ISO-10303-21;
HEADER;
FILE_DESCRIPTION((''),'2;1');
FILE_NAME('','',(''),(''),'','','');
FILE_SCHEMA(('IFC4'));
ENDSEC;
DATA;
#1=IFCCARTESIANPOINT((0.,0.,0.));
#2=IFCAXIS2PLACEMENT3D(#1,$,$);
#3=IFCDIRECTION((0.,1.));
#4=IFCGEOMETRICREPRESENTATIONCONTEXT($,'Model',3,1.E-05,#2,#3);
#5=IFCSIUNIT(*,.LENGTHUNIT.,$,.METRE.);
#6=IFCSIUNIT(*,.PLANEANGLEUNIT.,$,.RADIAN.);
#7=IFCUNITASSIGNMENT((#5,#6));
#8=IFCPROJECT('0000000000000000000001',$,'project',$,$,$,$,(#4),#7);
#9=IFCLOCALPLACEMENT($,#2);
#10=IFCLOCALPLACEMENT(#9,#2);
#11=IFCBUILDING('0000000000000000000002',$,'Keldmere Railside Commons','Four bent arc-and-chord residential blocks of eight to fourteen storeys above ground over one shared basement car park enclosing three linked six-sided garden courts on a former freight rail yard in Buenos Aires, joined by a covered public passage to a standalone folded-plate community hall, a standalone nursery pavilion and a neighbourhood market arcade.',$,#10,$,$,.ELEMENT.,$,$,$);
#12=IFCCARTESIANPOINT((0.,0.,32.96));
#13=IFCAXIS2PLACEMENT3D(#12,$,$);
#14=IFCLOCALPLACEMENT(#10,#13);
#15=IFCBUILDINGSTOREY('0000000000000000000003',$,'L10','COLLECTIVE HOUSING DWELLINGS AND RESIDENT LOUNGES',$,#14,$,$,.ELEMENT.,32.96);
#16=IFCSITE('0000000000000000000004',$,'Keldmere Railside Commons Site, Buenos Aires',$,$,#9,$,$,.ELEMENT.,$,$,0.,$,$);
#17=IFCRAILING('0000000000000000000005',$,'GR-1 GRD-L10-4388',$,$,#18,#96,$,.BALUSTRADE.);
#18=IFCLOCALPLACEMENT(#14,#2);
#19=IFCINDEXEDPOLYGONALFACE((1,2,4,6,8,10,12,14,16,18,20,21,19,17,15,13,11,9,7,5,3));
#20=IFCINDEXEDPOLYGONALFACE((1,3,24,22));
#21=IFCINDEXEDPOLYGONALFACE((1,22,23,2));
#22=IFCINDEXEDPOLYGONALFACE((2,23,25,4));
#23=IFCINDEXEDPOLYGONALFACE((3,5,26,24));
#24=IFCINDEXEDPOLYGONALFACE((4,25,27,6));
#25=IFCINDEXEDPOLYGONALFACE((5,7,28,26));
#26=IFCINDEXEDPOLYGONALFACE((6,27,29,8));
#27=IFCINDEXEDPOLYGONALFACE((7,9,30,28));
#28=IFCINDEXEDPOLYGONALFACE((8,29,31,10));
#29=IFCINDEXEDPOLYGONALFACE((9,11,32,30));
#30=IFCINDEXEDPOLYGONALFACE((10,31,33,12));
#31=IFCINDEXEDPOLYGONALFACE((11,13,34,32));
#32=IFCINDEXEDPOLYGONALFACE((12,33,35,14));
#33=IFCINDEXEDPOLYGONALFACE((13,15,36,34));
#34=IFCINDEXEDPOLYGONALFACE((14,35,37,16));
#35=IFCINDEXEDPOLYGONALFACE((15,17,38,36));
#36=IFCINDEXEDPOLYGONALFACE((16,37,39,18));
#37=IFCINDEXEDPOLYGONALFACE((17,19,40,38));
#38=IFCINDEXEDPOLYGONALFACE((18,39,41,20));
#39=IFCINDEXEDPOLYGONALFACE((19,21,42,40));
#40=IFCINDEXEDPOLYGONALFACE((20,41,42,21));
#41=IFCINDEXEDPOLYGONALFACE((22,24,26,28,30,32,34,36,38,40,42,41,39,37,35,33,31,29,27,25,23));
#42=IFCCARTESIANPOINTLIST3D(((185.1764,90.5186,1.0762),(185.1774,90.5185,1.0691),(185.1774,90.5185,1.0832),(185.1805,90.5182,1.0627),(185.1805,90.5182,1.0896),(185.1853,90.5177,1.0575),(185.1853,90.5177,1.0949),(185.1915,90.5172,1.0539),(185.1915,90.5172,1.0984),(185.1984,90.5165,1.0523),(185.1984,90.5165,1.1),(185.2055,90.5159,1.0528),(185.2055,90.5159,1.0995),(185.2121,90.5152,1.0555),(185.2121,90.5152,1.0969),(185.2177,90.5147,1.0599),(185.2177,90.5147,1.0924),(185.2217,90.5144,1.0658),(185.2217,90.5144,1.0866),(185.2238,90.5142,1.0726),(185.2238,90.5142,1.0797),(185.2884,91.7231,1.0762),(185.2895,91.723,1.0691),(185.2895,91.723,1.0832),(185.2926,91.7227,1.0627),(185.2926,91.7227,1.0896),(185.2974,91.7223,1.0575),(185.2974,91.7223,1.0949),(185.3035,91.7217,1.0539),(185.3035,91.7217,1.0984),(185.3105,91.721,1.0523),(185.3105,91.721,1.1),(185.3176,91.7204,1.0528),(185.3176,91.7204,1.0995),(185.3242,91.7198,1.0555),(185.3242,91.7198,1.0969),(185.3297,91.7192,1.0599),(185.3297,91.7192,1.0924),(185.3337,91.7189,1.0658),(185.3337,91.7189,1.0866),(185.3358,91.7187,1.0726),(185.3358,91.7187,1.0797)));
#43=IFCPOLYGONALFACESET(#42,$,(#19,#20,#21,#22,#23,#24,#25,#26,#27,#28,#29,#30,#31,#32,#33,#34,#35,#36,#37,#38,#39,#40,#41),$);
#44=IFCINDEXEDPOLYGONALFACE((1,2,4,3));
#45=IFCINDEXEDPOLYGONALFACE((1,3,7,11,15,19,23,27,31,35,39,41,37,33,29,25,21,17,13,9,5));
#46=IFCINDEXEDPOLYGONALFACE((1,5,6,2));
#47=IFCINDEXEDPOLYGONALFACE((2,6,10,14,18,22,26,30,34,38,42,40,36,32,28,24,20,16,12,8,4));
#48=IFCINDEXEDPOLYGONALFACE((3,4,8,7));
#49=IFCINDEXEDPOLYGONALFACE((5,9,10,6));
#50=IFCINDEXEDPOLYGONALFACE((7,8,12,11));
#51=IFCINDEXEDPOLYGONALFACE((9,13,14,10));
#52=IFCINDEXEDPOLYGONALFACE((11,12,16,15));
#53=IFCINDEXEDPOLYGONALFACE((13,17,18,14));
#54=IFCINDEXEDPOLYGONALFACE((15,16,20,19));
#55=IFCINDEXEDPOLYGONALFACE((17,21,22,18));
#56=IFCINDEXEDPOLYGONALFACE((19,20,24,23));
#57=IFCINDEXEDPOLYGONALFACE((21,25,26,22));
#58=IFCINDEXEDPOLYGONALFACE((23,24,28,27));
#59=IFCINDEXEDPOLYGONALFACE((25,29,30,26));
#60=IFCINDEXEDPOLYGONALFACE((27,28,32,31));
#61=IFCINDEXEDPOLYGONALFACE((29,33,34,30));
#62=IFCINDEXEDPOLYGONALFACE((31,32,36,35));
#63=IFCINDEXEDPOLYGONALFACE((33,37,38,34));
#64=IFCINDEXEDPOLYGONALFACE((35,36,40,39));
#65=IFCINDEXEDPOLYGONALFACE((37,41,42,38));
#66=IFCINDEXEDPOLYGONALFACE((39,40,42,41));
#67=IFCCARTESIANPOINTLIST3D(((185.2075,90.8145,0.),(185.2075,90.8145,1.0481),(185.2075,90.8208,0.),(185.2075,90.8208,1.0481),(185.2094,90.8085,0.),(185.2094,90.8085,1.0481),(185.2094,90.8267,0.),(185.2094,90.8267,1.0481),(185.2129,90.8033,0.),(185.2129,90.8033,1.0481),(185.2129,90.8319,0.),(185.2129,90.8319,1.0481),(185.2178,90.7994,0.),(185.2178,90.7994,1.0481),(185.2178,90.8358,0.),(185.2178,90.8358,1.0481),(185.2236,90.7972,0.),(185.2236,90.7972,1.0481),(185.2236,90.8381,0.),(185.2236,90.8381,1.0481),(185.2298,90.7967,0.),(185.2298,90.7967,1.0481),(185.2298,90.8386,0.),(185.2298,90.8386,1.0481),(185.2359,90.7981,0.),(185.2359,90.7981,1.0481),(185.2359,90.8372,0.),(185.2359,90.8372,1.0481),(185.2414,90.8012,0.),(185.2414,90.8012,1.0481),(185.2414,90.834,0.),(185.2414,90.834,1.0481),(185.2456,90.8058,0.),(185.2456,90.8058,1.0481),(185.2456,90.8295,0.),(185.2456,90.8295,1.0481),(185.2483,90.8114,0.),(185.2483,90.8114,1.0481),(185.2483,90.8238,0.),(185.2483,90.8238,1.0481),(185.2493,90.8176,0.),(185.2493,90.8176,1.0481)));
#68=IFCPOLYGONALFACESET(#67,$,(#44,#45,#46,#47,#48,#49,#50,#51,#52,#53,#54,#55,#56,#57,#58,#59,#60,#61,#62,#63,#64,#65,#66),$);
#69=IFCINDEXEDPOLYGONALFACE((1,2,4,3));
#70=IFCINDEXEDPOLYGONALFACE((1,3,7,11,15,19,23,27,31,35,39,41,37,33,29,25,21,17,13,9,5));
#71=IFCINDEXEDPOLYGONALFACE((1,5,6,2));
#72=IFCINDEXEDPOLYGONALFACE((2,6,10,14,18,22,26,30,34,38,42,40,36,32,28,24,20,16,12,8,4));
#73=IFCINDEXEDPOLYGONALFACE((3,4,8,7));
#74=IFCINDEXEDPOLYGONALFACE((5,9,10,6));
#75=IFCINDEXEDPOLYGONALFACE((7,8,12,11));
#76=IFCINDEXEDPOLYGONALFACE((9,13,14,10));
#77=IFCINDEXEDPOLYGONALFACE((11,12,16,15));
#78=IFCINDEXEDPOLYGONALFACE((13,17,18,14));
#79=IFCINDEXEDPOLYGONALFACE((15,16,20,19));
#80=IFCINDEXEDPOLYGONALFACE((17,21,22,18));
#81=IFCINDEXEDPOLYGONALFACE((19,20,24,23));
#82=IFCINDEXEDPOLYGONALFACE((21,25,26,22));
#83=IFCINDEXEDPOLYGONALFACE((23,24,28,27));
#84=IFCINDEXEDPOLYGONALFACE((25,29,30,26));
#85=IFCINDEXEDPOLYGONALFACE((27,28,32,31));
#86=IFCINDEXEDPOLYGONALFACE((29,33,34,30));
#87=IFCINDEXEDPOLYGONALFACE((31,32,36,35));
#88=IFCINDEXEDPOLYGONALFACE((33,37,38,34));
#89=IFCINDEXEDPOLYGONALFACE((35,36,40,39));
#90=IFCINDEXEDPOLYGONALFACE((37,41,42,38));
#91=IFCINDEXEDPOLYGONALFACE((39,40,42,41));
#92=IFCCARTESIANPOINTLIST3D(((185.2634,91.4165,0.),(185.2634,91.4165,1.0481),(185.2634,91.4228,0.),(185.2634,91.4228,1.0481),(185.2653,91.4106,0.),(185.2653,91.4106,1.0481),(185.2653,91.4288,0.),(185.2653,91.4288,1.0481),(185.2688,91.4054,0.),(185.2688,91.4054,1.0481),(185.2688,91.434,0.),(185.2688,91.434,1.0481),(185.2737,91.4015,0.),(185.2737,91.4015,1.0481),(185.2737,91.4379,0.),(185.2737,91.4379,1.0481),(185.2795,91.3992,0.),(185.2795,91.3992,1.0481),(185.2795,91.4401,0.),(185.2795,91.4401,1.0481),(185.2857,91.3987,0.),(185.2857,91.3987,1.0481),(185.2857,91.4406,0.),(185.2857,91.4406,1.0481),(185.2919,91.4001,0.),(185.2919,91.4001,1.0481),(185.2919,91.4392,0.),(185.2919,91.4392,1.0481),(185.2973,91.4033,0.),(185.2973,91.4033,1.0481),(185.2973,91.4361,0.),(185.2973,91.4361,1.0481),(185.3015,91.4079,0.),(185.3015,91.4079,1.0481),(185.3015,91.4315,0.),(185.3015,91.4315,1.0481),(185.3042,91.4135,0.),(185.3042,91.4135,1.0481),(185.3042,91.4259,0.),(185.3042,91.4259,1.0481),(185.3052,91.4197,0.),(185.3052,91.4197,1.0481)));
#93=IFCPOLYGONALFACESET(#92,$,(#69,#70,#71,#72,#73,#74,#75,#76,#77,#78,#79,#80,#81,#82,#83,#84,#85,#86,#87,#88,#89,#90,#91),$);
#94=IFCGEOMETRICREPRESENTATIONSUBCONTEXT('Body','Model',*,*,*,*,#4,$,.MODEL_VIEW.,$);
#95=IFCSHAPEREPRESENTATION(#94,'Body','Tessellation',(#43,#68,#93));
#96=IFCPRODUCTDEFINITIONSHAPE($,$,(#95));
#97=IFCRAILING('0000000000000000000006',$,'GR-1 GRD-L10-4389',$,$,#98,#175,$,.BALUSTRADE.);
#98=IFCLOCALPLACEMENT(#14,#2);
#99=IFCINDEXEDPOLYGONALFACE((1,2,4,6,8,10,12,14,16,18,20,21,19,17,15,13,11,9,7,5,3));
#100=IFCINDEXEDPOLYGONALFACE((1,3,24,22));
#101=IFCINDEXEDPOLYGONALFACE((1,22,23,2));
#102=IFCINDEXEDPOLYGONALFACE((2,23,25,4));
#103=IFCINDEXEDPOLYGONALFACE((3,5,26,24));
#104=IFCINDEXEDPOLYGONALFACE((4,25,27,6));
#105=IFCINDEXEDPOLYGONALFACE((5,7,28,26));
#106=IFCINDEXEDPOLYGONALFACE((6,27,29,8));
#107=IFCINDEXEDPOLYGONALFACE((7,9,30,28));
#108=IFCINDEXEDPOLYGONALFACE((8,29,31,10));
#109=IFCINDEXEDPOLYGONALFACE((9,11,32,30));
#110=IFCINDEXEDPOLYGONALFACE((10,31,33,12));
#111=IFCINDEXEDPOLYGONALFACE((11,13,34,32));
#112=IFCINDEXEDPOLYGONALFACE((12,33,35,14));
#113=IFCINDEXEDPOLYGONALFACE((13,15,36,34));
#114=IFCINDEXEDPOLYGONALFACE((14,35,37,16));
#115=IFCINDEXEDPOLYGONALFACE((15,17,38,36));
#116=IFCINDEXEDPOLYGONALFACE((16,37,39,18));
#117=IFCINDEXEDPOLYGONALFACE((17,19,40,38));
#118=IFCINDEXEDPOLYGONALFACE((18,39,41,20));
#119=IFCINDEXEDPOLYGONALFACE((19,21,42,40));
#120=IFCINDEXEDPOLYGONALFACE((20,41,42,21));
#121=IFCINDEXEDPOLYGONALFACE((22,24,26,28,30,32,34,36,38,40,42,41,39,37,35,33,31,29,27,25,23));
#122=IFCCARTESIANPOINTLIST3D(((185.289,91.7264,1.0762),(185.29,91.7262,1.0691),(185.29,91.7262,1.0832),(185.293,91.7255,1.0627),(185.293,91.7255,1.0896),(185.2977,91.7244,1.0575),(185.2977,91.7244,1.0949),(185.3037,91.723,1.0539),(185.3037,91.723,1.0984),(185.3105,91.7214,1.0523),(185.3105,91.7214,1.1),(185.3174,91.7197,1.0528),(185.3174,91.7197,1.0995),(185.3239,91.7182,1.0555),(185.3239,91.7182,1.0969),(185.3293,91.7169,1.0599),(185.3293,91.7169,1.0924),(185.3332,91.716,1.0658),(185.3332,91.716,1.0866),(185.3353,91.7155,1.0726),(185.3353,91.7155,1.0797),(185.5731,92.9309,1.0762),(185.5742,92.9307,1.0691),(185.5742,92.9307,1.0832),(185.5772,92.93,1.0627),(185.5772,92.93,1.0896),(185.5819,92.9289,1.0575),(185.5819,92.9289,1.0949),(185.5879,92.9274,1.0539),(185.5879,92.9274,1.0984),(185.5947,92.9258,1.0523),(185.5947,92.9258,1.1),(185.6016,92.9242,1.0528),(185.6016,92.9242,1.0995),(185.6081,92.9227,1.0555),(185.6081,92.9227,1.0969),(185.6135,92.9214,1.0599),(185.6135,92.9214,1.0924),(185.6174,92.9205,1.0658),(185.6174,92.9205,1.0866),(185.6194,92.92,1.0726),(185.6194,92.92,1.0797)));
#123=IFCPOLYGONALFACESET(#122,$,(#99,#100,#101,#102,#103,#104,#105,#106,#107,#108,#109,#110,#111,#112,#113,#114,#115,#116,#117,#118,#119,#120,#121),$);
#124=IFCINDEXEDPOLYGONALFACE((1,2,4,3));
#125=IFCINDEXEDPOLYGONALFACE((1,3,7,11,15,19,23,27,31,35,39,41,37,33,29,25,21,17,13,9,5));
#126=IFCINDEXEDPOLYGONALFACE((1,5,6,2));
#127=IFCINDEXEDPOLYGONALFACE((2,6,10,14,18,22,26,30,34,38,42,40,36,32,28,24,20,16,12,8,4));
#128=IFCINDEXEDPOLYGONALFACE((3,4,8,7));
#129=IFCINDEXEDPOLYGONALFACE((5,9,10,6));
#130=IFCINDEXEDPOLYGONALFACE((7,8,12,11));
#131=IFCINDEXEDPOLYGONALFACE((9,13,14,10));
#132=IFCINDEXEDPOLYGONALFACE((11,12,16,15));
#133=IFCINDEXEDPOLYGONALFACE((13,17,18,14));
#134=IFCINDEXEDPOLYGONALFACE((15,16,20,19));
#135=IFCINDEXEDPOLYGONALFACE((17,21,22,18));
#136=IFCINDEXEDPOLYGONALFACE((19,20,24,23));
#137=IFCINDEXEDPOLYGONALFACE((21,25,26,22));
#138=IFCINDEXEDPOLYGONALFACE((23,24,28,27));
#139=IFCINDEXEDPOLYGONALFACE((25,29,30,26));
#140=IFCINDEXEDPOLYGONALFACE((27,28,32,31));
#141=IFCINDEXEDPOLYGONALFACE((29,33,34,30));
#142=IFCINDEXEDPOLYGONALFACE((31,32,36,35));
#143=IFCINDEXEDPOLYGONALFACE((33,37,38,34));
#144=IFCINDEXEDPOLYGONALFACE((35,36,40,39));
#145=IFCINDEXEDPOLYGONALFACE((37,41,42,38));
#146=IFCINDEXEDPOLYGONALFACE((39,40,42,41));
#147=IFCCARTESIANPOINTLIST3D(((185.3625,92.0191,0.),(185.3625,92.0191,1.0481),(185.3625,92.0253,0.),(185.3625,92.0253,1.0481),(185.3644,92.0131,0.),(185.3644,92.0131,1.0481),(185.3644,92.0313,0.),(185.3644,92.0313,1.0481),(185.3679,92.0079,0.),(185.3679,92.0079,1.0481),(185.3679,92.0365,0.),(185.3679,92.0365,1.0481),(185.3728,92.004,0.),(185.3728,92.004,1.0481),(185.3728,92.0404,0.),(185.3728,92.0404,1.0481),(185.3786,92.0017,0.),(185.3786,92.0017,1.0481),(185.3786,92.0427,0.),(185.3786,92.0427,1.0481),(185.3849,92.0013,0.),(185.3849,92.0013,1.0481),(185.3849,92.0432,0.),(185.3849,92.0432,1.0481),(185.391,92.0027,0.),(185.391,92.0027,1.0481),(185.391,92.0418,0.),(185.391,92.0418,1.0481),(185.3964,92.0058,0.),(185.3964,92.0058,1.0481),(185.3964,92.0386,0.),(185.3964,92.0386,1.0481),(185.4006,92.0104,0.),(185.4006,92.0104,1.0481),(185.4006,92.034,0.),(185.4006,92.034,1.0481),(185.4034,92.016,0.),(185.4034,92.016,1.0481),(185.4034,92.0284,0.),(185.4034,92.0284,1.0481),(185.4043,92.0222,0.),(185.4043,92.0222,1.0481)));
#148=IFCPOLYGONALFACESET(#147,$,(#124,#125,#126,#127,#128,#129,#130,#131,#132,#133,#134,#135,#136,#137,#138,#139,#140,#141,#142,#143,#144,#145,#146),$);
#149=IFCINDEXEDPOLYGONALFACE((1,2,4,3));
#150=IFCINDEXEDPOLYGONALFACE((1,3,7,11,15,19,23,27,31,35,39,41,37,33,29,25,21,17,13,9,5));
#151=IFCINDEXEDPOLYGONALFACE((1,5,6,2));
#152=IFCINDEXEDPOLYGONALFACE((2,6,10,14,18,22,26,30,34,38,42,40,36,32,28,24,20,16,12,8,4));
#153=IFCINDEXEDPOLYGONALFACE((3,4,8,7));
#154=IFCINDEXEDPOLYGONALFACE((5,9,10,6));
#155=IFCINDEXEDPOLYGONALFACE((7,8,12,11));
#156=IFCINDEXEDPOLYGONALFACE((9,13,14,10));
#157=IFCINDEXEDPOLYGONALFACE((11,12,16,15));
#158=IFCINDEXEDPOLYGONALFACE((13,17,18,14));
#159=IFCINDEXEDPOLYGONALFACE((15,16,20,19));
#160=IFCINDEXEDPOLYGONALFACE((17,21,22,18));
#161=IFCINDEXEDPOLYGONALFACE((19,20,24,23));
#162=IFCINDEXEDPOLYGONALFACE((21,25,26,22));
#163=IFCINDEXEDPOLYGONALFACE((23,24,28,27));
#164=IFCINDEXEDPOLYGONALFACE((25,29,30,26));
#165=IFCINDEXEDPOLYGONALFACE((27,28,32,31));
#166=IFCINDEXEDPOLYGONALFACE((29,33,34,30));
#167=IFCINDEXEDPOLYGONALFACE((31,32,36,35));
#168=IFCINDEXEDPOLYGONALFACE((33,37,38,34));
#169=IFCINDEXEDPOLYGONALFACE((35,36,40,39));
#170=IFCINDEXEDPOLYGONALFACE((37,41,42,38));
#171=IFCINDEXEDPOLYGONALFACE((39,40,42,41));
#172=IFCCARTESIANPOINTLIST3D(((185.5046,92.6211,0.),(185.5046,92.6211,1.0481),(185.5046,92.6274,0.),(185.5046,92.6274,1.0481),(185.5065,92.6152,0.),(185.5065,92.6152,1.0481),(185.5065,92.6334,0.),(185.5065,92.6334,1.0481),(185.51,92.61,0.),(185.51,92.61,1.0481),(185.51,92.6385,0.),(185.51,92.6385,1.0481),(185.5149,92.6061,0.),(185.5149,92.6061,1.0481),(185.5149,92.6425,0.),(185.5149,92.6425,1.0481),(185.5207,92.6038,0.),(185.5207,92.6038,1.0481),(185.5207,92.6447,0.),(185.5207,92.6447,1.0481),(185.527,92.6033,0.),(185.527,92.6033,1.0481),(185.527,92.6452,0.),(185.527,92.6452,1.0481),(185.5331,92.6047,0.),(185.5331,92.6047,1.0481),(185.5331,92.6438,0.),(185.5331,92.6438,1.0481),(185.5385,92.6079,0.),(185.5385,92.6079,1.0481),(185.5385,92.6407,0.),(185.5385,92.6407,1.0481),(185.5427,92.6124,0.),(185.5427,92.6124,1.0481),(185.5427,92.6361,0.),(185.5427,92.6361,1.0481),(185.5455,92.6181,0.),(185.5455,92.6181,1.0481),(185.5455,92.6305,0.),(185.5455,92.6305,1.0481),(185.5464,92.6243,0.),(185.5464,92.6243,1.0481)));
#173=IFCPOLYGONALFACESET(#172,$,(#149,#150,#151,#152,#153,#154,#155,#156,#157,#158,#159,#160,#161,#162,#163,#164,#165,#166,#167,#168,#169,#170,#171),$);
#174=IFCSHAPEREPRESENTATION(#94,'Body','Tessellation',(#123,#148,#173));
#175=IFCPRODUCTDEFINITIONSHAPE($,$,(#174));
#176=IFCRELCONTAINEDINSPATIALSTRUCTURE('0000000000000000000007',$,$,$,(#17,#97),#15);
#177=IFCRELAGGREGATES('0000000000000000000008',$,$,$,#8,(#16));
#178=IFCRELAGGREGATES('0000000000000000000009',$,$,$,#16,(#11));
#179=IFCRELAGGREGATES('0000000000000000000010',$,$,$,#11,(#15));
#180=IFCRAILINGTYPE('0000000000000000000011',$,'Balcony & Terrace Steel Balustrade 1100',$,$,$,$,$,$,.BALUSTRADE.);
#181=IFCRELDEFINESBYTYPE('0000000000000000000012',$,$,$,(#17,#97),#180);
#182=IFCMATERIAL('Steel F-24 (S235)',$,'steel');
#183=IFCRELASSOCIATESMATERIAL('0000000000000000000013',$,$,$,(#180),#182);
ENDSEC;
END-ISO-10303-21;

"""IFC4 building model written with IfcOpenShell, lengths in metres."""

from ifc_helpers import new_model, si_unit, direction, frame, origin, origin_2d, place, context, subcontext, project, spatial, circle, extrude, material, type_object, element, save


model = new_model("IFC4")

# Units and contexts
model_context = context("Model", 3, precision=1e-05, world=origin(), true_north=direction((0.0, 1.0)))
body_context = subcontext(model_context, "Body", "Model", "MODEL_VIEW")
ifc_project = project(units=[si_unit("LENGTHUNIT", "METRE"), si_unit("PLANEANGLEUNIT", "RADIAN")], contexts=[model_context])

# Site, building, storey
site_placement = place(None, origin())
site = spatial("IfcSite", under=ifc_project, at=site_placement, Name="Keldmere Railside Commons Site, Buenos Aires", CompositionType="ELEMENT", RefElevation=0.0)
building_placement = place(site_placement, origin())
building = spatial("IfcBuilding", under=site, at=building_placement, Name="Keldmere Railside Commons", Description="Four bent arc-and-chord residential blocks of eight to fourteen storeys above ground over one shared basement car park enclosing three linked six-sided garden courts on a former freight rail yard in Buenos Aires, joined by a covered public passage to a standalone folded-plate community hall, a standalone nursery pavilion and a neighbourhood market arcade.", CompositionType="ELEMENT")
storey_placement = place(building_placement, frame((0.0, 0.0, 32.96)))
storey = spatial("IfcBuildingStorey", under=building, at=storey_placement, Name="L10", Description="COLLECTIVE HOUSING DWELLINGS AND RESIDENT LOUNGES", CompositionType="ELEMENT", Elevation=32.96)

# Railings
ifc_material_1 = material(Name="Steel F-24 (S235)", Category="steel")
railing_type = type_object("IfcRailingType", Name="Balcony & Terrace Steel Balustrade 1100", PredefinedType="BALUSTRADE", material=ifc_material_1)
railing_1_placement = place(storey_placement, frame((185.2002, 90.5164, 0.0)))
element("IfcRailing", 1, at=railing_1_placement, inside=storey, type_object=railing_type, Name="GR-1 GRD-L10-4388", PredefinedType="BALUSTRADE", context=body_context, shape_type="SweptSolid", body=[
    extrude(circle(Radius=0.0239, at=origin_2d()), frame((0.0, 0.0, 1.0762), z_axis=(0.092628, 0.995701, 0.0), x_axis=(-0.995701, 0.092628, 0.0)), (0.0, 0.0, 1.0), 1.2097),
    extrude(circle(Radius=0.021, at=origin_2d()), frame((0.0281, 0.3013, 0.0)), (0.0, 0.0, 1.0), 1.0481),
    extrude(circle(Radius=0.021, at=origin_2d()), frame((0.084, 0.9033, 0.0)), (0.0, 0.0, 1.0), 1.0481),
])
railing_2_placement = place(storey_placement, frame((185.3123, 91.7209, 0.0)))
element("IfcRailing", 2, at=railing_2_placement, inside=storey, type_object=railing_type, Name="GR-1 GRD-L10-4389", PredefinedType="BALUSTRADE", context=body_context, shape_type="SweptSolid", body=[
    extrude(circle(Radius=0.0239, at=origin_2d()), frame((0.0, 0.0, 1.0762), z_axis=(0.229611, 0.973282, 0.0), x_axis=(-0.973282, 0.229611, 0.0)), (0.0, 0.0, 1.0), 1.2375),
    extrude(circle(Radius=0.021, at=origin_2d()), frame((0.071, 0.3013, 0.0)), (0.0, 0.0, 1.0), 1.0481),
    extrude(circle(Radius=0.021, at=origin_2d()), frame((0.2131, 0.9033, 0.0)), (0.0, 0.0, 1.0), 1.0481),
])

save(model, "model.ifc")
